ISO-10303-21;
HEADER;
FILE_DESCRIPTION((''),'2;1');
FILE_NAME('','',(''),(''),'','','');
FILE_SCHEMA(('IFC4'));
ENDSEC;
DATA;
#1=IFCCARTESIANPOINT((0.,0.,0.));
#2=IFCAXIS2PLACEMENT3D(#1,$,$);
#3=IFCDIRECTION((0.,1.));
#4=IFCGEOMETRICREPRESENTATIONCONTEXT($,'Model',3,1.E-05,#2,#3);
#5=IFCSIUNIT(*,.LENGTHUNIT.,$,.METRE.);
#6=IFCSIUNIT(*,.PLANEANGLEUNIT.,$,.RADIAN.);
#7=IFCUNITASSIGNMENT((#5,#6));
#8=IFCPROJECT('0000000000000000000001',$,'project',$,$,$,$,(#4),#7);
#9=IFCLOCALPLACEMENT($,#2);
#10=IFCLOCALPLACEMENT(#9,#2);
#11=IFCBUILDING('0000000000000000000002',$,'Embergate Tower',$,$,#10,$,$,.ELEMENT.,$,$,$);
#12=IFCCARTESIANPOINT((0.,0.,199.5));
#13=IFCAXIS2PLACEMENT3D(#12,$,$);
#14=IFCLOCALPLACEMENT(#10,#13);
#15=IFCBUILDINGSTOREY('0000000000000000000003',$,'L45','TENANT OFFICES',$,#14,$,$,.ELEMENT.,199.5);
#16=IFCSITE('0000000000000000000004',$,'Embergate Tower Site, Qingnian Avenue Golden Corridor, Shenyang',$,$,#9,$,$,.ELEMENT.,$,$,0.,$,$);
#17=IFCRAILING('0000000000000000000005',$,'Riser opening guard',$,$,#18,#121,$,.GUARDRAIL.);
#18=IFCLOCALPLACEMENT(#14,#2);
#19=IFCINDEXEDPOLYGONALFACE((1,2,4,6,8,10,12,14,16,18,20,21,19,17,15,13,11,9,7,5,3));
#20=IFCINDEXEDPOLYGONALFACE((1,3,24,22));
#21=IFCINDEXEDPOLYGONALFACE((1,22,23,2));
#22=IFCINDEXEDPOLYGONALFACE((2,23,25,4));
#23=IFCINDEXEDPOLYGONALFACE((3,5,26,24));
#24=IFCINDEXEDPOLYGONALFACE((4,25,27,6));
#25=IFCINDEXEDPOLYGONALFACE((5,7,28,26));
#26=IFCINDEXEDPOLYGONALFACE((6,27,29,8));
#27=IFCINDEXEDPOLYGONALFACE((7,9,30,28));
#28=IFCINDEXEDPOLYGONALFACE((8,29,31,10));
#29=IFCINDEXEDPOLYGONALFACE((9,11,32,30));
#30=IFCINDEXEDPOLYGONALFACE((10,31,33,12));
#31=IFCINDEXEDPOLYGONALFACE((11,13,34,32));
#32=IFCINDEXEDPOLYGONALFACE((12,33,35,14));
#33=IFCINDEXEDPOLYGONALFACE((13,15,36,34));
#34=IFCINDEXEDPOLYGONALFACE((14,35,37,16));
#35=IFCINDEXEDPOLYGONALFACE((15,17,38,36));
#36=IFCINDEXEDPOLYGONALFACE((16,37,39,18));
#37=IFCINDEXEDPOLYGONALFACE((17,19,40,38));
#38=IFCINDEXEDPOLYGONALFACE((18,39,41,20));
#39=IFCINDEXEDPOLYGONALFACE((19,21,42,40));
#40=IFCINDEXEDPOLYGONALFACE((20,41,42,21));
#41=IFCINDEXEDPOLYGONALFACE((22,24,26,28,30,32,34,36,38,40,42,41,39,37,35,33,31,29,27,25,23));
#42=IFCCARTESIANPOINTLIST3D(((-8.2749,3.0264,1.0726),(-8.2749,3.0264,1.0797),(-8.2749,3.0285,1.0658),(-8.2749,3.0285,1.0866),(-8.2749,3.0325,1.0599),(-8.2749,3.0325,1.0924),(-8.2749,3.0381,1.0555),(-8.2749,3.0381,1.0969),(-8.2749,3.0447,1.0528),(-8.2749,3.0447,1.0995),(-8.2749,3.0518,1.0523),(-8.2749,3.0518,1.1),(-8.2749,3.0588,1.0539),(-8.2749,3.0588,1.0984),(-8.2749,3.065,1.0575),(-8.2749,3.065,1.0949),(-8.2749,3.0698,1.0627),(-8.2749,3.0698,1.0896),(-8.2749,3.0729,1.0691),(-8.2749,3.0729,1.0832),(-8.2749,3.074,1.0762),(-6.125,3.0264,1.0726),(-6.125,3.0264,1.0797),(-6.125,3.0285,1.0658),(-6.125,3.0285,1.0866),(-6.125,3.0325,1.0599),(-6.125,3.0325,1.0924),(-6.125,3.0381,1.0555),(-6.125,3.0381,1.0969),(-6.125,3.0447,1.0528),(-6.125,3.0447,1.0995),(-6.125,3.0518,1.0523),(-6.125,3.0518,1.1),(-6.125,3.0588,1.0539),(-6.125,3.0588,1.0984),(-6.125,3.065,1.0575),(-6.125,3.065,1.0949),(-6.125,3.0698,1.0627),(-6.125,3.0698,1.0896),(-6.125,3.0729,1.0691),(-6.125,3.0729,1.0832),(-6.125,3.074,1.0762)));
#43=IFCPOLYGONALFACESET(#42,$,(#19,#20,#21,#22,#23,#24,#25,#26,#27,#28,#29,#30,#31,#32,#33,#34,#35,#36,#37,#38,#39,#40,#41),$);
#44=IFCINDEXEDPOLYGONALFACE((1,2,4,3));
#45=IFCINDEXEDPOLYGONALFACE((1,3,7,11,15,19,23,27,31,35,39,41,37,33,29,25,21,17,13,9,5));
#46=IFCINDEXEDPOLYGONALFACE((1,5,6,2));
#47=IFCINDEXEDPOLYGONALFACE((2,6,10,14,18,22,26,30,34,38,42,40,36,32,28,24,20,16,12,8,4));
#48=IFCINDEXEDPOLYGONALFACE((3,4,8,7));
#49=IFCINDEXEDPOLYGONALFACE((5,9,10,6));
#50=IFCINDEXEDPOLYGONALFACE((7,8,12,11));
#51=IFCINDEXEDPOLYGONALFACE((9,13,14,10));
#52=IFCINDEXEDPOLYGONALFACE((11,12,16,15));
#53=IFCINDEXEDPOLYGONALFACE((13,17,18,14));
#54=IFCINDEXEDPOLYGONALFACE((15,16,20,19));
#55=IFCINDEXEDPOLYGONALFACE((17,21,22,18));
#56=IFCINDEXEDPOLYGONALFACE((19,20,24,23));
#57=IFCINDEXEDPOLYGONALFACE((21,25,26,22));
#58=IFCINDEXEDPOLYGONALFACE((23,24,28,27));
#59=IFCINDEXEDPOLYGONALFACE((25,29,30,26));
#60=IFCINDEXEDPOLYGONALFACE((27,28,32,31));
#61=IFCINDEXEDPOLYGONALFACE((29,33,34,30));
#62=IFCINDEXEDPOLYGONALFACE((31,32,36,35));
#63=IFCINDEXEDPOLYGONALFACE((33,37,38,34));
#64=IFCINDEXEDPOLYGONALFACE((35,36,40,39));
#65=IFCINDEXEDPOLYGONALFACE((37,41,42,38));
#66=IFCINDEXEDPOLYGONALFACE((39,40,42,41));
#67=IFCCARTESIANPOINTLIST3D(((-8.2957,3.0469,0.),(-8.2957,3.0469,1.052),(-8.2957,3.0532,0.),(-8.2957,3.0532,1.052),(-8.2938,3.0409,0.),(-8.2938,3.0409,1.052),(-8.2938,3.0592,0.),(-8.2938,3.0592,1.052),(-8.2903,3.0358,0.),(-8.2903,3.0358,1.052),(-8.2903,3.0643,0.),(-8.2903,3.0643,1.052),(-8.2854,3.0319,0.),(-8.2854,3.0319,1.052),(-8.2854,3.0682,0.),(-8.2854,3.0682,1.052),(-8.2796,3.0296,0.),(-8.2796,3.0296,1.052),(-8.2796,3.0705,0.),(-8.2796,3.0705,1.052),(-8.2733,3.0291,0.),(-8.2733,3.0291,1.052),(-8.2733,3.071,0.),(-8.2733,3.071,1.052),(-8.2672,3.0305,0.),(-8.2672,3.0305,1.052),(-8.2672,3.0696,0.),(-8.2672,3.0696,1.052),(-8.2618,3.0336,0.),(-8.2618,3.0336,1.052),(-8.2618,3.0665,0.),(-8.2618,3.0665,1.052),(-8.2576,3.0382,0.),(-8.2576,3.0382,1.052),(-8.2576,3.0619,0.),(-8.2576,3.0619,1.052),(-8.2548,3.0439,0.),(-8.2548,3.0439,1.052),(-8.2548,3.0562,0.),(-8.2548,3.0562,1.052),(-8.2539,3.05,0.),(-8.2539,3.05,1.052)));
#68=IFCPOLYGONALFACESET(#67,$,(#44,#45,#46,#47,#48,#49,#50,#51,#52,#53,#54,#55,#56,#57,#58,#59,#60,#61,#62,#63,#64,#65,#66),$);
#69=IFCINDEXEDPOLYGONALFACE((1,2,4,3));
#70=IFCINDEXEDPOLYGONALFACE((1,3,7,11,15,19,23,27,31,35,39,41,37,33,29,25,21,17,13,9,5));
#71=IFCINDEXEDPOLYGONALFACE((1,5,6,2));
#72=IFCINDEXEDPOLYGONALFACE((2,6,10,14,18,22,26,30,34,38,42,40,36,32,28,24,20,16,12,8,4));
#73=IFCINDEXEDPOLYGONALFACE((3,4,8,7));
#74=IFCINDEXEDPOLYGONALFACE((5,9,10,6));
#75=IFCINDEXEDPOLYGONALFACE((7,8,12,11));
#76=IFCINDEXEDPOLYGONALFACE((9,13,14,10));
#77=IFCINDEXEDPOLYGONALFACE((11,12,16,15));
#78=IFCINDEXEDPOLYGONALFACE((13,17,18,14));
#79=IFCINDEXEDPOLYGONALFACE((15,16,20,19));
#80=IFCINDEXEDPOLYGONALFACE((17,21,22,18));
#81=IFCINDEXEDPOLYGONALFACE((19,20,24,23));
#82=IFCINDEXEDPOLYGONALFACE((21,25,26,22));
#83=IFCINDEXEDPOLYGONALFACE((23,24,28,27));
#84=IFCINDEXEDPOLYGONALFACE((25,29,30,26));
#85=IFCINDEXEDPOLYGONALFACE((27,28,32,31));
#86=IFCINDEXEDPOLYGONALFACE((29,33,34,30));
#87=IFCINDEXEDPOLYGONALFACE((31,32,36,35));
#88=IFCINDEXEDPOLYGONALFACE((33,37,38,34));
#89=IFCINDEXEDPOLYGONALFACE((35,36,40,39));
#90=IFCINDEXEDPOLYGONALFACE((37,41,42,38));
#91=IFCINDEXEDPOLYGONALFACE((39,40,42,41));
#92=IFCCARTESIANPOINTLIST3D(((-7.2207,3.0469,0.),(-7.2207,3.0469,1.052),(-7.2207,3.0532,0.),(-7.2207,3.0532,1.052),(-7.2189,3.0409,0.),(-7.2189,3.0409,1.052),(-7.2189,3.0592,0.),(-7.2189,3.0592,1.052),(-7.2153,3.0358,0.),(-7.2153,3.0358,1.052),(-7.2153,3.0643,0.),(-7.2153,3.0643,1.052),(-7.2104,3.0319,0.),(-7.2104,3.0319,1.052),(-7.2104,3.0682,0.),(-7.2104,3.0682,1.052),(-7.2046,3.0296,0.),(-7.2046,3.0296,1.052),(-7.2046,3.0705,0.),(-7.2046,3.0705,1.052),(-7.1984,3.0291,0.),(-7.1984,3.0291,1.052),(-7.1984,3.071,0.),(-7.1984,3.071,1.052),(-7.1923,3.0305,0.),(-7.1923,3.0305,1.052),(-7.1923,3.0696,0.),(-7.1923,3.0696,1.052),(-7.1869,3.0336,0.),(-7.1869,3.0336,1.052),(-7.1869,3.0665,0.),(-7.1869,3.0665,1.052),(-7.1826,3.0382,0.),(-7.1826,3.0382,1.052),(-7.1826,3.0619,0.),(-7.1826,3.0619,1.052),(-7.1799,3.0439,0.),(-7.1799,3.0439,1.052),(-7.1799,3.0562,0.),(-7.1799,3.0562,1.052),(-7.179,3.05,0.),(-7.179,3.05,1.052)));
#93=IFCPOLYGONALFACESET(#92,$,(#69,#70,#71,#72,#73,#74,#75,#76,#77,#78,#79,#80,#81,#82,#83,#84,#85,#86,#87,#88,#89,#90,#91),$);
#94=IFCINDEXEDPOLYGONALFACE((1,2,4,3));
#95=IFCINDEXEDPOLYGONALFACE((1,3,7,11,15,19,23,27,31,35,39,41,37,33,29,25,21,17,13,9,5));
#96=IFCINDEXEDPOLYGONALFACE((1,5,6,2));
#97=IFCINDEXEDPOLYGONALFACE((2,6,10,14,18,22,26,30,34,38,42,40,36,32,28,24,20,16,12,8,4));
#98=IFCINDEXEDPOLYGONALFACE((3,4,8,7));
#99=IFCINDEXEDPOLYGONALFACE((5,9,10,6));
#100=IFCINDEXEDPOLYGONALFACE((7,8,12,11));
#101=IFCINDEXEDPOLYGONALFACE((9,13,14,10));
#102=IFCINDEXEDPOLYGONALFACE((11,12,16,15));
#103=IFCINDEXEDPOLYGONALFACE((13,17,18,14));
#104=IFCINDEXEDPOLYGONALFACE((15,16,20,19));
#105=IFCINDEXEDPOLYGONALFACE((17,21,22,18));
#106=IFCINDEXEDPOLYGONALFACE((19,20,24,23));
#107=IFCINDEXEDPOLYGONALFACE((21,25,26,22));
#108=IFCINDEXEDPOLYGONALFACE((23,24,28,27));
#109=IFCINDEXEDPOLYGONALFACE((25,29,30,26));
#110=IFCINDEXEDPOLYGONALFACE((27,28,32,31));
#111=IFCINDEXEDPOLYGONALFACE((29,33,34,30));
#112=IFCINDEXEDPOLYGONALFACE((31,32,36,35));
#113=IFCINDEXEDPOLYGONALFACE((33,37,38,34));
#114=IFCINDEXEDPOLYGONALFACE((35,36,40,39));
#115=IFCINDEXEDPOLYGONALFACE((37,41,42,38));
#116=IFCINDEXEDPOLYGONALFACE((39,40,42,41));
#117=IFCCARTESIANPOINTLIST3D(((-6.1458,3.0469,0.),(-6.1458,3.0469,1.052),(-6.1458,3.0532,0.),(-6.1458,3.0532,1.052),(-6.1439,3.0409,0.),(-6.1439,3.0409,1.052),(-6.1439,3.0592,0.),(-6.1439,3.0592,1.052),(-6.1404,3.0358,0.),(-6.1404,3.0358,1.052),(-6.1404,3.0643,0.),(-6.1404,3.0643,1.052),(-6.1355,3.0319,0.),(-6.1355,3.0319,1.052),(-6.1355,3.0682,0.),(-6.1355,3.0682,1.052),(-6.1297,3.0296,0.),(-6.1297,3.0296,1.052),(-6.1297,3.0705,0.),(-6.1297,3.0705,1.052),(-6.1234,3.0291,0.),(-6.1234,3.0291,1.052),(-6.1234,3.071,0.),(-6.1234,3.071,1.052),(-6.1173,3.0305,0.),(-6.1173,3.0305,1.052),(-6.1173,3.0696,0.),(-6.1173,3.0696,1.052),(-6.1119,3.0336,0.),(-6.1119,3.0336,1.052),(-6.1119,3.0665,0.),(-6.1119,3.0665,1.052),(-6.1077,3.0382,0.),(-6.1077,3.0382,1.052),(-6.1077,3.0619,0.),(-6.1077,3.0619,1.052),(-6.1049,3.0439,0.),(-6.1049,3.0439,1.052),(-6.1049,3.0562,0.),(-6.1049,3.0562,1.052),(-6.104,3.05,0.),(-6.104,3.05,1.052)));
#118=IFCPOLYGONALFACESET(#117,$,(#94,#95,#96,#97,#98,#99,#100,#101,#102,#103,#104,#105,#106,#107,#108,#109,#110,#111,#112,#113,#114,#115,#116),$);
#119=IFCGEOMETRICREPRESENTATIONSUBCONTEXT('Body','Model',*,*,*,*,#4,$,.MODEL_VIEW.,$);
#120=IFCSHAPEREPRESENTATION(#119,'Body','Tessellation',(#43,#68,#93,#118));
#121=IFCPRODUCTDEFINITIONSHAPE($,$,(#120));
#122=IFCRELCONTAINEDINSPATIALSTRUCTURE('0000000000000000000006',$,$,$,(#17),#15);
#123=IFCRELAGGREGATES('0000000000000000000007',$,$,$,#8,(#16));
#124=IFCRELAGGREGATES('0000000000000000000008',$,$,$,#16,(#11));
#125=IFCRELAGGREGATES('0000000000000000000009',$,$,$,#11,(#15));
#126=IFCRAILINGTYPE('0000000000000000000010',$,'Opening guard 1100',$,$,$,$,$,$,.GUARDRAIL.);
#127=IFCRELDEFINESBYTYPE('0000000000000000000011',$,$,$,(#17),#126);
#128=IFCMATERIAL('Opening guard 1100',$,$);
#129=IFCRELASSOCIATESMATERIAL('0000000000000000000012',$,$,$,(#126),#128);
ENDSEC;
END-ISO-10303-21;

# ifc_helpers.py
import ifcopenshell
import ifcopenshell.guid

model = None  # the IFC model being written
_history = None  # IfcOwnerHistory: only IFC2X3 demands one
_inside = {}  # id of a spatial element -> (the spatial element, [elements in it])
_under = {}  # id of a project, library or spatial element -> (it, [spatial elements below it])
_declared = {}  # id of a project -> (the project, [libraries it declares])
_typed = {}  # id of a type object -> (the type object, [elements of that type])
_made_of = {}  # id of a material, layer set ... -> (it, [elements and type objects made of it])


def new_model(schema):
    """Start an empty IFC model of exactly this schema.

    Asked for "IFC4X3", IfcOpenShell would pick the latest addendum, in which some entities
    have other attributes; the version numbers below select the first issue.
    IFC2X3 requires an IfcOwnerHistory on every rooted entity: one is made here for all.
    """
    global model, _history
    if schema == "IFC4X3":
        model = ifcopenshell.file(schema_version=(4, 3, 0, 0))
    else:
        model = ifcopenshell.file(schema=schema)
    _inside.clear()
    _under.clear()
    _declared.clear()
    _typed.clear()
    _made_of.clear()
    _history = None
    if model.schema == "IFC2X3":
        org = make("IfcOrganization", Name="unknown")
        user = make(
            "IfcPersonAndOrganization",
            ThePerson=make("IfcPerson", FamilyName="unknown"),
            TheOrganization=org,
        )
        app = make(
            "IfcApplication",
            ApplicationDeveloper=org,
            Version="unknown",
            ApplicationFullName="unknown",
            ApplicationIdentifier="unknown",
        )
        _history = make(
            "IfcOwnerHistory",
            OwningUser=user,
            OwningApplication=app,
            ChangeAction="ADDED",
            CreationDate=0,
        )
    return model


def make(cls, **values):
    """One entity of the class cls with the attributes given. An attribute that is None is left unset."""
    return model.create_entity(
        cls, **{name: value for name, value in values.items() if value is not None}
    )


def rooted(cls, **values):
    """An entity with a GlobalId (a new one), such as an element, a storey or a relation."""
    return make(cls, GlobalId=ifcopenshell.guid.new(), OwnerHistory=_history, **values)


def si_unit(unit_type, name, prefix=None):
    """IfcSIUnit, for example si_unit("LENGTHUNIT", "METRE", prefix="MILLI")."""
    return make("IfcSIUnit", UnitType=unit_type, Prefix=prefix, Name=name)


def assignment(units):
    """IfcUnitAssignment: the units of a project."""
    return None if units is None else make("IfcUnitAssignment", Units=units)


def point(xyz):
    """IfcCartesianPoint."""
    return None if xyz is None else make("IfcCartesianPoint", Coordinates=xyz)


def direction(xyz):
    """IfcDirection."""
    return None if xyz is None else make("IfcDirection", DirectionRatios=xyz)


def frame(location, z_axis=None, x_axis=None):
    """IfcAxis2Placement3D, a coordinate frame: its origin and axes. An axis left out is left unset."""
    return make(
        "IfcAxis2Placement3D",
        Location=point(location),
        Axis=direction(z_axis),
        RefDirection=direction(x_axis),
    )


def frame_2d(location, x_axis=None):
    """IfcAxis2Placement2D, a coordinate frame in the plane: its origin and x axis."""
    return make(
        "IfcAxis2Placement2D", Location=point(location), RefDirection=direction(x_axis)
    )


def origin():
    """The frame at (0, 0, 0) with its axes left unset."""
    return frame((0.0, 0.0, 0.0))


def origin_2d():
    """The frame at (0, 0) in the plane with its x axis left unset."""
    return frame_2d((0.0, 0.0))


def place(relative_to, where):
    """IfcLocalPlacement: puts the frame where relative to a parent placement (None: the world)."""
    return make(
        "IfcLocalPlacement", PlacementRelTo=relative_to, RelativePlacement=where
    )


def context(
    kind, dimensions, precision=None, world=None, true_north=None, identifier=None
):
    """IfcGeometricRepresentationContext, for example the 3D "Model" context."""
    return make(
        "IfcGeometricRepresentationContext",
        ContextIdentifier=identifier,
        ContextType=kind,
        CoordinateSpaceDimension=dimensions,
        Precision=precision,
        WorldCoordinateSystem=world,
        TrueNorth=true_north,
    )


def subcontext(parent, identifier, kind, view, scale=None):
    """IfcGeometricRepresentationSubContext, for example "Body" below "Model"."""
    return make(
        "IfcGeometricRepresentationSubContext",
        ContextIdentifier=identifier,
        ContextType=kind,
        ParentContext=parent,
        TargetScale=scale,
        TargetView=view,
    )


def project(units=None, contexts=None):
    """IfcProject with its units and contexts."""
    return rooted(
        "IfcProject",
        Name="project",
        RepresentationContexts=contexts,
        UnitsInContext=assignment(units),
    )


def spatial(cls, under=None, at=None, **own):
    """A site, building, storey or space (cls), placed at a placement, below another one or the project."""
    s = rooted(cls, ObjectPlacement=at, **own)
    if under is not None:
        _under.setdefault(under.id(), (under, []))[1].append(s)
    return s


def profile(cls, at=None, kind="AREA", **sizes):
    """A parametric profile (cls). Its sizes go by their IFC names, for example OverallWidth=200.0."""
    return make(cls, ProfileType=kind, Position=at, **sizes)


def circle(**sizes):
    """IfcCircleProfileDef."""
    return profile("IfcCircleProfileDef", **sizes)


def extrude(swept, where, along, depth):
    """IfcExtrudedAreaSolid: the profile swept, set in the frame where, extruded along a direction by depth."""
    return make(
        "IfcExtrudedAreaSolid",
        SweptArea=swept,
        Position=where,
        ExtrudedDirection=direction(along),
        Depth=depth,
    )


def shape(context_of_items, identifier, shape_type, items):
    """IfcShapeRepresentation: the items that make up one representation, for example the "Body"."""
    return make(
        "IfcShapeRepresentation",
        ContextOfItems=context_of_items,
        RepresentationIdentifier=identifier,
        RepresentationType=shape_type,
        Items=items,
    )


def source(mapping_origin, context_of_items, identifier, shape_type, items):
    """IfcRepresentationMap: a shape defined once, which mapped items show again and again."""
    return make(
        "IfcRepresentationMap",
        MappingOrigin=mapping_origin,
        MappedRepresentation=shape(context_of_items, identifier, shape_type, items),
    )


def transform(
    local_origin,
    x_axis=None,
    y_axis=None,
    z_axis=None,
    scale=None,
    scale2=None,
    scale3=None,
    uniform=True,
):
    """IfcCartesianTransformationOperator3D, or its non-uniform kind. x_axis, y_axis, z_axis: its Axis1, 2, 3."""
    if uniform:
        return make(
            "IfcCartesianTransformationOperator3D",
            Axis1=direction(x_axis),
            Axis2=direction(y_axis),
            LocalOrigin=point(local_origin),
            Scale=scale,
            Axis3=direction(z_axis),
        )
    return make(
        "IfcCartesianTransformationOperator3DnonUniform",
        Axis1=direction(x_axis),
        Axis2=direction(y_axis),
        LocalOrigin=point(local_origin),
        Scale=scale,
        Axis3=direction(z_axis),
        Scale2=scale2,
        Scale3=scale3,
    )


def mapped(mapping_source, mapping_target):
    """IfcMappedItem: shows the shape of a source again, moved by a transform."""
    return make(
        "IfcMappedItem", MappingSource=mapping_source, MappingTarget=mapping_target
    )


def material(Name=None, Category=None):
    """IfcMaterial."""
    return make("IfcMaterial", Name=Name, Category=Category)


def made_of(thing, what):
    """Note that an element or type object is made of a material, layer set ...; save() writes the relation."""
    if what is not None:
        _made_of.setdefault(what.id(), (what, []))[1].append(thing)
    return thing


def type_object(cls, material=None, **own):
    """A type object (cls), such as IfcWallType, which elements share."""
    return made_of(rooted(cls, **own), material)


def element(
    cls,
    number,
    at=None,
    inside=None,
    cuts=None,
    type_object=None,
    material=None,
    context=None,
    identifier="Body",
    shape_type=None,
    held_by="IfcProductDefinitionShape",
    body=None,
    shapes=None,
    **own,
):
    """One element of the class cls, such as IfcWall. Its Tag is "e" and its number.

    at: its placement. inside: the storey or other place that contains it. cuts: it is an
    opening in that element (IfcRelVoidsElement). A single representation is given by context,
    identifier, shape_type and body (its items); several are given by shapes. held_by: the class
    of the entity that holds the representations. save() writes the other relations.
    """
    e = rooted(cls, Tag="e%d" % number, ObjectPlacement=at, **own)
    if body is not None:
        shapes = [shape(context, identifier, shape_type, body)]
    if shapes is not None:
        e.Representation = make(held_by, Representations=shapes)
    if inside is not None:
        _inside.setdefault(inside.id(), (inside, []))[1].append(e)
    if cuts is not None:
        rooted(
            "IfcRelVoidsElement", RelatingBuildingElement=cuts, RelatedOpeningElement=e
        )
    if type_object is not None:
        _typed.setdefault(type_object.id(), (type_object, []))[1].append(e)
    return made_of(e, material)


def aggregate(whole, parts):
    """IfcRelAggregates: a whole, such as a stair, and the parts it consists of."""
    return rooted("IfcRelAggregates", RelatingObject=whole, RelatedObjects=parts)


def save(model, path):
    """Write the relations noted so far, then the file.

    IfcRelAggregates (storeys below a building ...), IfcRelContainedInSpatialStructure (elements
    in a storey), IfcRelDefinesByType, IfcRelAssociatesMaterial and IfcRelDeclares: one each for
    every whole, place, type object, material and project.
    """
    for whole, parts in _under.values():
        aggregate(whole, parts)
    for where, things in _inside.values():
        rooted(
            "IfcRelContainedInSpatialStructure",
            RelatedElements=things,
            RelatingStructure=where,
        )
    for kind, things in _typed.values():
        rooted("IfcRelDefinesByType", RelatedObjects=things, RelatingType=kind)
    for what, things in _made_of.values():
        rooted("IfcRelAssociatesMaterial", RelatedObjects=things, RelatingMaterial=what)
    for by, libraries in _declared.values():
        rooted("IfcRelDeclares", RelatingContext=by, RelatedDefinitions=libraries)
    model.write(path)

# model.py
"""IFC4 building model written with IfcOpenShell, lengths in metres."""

from ifc_helpers import new_model, si_unit, direction, frame, origin, origin_2d, place, context, subcontext, project, spatial, circle, extrude, source, transform, mapped, material, type_object, element, save


model = new_model("IFC4")

# Units and contexts
model_context = context("Model", 3, precision=1e-05, world=origin(), true_north=direction((0.0, 1.0)))
body_context = subcontext(model_context, "Body", "Model", "MODEL_VIEW")
ifc_project = project(units=[si_unit("LENGTHUNIT", "METRE"), si_unit("PLANEANGLEUNIT", "RADIAN")], contexts=[model_context])

# Site, building, storey
site_placement = place(None, origin())
site = spatial("IfcSite", under=ifc_project, at=site_placement, Name="Embergate Tower Site, Qingnian Avenue Golden Corridor, Shenyang", CompositionType="ELEMENT", RefElevation=0.0)
building_placement = place(site_placement, origin())
building = spatial("IfcBuilding", under=site, at=building_placement, Name="Embergate Tower", CompositionType="ELEMENT")
storey_placement = place(building_placement, frame((0.0, 0.0, 199.5)))
storey = spatial("IfcBuildingStorey", under=building, at=storey_placement, Name="L45", Description="TENANT OFFICES", CompositionType="ELEMENT", Elevation=199.5)

# Railing
ifc_material_1 = material(Name="Opening guard 1100")
railing_type = type_object("IfcRailingType", Name="Opening guard 1100", PredefinedType="GUARDRAIL", material=ifc_material_1)
shared_shape_1 = source(origin(), body_context, "Body", "SweptSolid", [
    extrude(circle(Radius=0.0239, at=origin_2d()), frame((0.0, 0.0, 1.0762), z_axis=(1.0, 0.0, 0.0), x_axis=(0.0, 1.0, 0.0)), (0.0, 0.0, 1.0), 2.1499),
    extrude(circle(Radius=0.021, at=origin_2d()), origin(), (0.0, 0.0, 1.0), 1.052),
    extrude(circle(Radius=0.021, at=origin_2d()), frame((1.075, 0.0, 0.0)), (0.0, 0.0, 1.0), 1.052),
    extrude(circle(Radius=0.021, at=origin_2d()), frame((2.1499, 0.0, 0.0)), (0.0, 0.0, 1.0), 1.052),
])
railing_placement = place(storey_placement, frame((-8.2749, 3.05, 0.0)))
element("IfcRailing", 1, at=railing_placement, inside=storey, type_object=railing_type, Name="Riser opening guard", PredefinedType="GUARDRAIL", context=body_context, shape_type="MappedRepresentation", body=[
    mapped(shared_shape_1, transform((0.0, 0.0, 0.0))),
])

save(model, "model.ifc")
